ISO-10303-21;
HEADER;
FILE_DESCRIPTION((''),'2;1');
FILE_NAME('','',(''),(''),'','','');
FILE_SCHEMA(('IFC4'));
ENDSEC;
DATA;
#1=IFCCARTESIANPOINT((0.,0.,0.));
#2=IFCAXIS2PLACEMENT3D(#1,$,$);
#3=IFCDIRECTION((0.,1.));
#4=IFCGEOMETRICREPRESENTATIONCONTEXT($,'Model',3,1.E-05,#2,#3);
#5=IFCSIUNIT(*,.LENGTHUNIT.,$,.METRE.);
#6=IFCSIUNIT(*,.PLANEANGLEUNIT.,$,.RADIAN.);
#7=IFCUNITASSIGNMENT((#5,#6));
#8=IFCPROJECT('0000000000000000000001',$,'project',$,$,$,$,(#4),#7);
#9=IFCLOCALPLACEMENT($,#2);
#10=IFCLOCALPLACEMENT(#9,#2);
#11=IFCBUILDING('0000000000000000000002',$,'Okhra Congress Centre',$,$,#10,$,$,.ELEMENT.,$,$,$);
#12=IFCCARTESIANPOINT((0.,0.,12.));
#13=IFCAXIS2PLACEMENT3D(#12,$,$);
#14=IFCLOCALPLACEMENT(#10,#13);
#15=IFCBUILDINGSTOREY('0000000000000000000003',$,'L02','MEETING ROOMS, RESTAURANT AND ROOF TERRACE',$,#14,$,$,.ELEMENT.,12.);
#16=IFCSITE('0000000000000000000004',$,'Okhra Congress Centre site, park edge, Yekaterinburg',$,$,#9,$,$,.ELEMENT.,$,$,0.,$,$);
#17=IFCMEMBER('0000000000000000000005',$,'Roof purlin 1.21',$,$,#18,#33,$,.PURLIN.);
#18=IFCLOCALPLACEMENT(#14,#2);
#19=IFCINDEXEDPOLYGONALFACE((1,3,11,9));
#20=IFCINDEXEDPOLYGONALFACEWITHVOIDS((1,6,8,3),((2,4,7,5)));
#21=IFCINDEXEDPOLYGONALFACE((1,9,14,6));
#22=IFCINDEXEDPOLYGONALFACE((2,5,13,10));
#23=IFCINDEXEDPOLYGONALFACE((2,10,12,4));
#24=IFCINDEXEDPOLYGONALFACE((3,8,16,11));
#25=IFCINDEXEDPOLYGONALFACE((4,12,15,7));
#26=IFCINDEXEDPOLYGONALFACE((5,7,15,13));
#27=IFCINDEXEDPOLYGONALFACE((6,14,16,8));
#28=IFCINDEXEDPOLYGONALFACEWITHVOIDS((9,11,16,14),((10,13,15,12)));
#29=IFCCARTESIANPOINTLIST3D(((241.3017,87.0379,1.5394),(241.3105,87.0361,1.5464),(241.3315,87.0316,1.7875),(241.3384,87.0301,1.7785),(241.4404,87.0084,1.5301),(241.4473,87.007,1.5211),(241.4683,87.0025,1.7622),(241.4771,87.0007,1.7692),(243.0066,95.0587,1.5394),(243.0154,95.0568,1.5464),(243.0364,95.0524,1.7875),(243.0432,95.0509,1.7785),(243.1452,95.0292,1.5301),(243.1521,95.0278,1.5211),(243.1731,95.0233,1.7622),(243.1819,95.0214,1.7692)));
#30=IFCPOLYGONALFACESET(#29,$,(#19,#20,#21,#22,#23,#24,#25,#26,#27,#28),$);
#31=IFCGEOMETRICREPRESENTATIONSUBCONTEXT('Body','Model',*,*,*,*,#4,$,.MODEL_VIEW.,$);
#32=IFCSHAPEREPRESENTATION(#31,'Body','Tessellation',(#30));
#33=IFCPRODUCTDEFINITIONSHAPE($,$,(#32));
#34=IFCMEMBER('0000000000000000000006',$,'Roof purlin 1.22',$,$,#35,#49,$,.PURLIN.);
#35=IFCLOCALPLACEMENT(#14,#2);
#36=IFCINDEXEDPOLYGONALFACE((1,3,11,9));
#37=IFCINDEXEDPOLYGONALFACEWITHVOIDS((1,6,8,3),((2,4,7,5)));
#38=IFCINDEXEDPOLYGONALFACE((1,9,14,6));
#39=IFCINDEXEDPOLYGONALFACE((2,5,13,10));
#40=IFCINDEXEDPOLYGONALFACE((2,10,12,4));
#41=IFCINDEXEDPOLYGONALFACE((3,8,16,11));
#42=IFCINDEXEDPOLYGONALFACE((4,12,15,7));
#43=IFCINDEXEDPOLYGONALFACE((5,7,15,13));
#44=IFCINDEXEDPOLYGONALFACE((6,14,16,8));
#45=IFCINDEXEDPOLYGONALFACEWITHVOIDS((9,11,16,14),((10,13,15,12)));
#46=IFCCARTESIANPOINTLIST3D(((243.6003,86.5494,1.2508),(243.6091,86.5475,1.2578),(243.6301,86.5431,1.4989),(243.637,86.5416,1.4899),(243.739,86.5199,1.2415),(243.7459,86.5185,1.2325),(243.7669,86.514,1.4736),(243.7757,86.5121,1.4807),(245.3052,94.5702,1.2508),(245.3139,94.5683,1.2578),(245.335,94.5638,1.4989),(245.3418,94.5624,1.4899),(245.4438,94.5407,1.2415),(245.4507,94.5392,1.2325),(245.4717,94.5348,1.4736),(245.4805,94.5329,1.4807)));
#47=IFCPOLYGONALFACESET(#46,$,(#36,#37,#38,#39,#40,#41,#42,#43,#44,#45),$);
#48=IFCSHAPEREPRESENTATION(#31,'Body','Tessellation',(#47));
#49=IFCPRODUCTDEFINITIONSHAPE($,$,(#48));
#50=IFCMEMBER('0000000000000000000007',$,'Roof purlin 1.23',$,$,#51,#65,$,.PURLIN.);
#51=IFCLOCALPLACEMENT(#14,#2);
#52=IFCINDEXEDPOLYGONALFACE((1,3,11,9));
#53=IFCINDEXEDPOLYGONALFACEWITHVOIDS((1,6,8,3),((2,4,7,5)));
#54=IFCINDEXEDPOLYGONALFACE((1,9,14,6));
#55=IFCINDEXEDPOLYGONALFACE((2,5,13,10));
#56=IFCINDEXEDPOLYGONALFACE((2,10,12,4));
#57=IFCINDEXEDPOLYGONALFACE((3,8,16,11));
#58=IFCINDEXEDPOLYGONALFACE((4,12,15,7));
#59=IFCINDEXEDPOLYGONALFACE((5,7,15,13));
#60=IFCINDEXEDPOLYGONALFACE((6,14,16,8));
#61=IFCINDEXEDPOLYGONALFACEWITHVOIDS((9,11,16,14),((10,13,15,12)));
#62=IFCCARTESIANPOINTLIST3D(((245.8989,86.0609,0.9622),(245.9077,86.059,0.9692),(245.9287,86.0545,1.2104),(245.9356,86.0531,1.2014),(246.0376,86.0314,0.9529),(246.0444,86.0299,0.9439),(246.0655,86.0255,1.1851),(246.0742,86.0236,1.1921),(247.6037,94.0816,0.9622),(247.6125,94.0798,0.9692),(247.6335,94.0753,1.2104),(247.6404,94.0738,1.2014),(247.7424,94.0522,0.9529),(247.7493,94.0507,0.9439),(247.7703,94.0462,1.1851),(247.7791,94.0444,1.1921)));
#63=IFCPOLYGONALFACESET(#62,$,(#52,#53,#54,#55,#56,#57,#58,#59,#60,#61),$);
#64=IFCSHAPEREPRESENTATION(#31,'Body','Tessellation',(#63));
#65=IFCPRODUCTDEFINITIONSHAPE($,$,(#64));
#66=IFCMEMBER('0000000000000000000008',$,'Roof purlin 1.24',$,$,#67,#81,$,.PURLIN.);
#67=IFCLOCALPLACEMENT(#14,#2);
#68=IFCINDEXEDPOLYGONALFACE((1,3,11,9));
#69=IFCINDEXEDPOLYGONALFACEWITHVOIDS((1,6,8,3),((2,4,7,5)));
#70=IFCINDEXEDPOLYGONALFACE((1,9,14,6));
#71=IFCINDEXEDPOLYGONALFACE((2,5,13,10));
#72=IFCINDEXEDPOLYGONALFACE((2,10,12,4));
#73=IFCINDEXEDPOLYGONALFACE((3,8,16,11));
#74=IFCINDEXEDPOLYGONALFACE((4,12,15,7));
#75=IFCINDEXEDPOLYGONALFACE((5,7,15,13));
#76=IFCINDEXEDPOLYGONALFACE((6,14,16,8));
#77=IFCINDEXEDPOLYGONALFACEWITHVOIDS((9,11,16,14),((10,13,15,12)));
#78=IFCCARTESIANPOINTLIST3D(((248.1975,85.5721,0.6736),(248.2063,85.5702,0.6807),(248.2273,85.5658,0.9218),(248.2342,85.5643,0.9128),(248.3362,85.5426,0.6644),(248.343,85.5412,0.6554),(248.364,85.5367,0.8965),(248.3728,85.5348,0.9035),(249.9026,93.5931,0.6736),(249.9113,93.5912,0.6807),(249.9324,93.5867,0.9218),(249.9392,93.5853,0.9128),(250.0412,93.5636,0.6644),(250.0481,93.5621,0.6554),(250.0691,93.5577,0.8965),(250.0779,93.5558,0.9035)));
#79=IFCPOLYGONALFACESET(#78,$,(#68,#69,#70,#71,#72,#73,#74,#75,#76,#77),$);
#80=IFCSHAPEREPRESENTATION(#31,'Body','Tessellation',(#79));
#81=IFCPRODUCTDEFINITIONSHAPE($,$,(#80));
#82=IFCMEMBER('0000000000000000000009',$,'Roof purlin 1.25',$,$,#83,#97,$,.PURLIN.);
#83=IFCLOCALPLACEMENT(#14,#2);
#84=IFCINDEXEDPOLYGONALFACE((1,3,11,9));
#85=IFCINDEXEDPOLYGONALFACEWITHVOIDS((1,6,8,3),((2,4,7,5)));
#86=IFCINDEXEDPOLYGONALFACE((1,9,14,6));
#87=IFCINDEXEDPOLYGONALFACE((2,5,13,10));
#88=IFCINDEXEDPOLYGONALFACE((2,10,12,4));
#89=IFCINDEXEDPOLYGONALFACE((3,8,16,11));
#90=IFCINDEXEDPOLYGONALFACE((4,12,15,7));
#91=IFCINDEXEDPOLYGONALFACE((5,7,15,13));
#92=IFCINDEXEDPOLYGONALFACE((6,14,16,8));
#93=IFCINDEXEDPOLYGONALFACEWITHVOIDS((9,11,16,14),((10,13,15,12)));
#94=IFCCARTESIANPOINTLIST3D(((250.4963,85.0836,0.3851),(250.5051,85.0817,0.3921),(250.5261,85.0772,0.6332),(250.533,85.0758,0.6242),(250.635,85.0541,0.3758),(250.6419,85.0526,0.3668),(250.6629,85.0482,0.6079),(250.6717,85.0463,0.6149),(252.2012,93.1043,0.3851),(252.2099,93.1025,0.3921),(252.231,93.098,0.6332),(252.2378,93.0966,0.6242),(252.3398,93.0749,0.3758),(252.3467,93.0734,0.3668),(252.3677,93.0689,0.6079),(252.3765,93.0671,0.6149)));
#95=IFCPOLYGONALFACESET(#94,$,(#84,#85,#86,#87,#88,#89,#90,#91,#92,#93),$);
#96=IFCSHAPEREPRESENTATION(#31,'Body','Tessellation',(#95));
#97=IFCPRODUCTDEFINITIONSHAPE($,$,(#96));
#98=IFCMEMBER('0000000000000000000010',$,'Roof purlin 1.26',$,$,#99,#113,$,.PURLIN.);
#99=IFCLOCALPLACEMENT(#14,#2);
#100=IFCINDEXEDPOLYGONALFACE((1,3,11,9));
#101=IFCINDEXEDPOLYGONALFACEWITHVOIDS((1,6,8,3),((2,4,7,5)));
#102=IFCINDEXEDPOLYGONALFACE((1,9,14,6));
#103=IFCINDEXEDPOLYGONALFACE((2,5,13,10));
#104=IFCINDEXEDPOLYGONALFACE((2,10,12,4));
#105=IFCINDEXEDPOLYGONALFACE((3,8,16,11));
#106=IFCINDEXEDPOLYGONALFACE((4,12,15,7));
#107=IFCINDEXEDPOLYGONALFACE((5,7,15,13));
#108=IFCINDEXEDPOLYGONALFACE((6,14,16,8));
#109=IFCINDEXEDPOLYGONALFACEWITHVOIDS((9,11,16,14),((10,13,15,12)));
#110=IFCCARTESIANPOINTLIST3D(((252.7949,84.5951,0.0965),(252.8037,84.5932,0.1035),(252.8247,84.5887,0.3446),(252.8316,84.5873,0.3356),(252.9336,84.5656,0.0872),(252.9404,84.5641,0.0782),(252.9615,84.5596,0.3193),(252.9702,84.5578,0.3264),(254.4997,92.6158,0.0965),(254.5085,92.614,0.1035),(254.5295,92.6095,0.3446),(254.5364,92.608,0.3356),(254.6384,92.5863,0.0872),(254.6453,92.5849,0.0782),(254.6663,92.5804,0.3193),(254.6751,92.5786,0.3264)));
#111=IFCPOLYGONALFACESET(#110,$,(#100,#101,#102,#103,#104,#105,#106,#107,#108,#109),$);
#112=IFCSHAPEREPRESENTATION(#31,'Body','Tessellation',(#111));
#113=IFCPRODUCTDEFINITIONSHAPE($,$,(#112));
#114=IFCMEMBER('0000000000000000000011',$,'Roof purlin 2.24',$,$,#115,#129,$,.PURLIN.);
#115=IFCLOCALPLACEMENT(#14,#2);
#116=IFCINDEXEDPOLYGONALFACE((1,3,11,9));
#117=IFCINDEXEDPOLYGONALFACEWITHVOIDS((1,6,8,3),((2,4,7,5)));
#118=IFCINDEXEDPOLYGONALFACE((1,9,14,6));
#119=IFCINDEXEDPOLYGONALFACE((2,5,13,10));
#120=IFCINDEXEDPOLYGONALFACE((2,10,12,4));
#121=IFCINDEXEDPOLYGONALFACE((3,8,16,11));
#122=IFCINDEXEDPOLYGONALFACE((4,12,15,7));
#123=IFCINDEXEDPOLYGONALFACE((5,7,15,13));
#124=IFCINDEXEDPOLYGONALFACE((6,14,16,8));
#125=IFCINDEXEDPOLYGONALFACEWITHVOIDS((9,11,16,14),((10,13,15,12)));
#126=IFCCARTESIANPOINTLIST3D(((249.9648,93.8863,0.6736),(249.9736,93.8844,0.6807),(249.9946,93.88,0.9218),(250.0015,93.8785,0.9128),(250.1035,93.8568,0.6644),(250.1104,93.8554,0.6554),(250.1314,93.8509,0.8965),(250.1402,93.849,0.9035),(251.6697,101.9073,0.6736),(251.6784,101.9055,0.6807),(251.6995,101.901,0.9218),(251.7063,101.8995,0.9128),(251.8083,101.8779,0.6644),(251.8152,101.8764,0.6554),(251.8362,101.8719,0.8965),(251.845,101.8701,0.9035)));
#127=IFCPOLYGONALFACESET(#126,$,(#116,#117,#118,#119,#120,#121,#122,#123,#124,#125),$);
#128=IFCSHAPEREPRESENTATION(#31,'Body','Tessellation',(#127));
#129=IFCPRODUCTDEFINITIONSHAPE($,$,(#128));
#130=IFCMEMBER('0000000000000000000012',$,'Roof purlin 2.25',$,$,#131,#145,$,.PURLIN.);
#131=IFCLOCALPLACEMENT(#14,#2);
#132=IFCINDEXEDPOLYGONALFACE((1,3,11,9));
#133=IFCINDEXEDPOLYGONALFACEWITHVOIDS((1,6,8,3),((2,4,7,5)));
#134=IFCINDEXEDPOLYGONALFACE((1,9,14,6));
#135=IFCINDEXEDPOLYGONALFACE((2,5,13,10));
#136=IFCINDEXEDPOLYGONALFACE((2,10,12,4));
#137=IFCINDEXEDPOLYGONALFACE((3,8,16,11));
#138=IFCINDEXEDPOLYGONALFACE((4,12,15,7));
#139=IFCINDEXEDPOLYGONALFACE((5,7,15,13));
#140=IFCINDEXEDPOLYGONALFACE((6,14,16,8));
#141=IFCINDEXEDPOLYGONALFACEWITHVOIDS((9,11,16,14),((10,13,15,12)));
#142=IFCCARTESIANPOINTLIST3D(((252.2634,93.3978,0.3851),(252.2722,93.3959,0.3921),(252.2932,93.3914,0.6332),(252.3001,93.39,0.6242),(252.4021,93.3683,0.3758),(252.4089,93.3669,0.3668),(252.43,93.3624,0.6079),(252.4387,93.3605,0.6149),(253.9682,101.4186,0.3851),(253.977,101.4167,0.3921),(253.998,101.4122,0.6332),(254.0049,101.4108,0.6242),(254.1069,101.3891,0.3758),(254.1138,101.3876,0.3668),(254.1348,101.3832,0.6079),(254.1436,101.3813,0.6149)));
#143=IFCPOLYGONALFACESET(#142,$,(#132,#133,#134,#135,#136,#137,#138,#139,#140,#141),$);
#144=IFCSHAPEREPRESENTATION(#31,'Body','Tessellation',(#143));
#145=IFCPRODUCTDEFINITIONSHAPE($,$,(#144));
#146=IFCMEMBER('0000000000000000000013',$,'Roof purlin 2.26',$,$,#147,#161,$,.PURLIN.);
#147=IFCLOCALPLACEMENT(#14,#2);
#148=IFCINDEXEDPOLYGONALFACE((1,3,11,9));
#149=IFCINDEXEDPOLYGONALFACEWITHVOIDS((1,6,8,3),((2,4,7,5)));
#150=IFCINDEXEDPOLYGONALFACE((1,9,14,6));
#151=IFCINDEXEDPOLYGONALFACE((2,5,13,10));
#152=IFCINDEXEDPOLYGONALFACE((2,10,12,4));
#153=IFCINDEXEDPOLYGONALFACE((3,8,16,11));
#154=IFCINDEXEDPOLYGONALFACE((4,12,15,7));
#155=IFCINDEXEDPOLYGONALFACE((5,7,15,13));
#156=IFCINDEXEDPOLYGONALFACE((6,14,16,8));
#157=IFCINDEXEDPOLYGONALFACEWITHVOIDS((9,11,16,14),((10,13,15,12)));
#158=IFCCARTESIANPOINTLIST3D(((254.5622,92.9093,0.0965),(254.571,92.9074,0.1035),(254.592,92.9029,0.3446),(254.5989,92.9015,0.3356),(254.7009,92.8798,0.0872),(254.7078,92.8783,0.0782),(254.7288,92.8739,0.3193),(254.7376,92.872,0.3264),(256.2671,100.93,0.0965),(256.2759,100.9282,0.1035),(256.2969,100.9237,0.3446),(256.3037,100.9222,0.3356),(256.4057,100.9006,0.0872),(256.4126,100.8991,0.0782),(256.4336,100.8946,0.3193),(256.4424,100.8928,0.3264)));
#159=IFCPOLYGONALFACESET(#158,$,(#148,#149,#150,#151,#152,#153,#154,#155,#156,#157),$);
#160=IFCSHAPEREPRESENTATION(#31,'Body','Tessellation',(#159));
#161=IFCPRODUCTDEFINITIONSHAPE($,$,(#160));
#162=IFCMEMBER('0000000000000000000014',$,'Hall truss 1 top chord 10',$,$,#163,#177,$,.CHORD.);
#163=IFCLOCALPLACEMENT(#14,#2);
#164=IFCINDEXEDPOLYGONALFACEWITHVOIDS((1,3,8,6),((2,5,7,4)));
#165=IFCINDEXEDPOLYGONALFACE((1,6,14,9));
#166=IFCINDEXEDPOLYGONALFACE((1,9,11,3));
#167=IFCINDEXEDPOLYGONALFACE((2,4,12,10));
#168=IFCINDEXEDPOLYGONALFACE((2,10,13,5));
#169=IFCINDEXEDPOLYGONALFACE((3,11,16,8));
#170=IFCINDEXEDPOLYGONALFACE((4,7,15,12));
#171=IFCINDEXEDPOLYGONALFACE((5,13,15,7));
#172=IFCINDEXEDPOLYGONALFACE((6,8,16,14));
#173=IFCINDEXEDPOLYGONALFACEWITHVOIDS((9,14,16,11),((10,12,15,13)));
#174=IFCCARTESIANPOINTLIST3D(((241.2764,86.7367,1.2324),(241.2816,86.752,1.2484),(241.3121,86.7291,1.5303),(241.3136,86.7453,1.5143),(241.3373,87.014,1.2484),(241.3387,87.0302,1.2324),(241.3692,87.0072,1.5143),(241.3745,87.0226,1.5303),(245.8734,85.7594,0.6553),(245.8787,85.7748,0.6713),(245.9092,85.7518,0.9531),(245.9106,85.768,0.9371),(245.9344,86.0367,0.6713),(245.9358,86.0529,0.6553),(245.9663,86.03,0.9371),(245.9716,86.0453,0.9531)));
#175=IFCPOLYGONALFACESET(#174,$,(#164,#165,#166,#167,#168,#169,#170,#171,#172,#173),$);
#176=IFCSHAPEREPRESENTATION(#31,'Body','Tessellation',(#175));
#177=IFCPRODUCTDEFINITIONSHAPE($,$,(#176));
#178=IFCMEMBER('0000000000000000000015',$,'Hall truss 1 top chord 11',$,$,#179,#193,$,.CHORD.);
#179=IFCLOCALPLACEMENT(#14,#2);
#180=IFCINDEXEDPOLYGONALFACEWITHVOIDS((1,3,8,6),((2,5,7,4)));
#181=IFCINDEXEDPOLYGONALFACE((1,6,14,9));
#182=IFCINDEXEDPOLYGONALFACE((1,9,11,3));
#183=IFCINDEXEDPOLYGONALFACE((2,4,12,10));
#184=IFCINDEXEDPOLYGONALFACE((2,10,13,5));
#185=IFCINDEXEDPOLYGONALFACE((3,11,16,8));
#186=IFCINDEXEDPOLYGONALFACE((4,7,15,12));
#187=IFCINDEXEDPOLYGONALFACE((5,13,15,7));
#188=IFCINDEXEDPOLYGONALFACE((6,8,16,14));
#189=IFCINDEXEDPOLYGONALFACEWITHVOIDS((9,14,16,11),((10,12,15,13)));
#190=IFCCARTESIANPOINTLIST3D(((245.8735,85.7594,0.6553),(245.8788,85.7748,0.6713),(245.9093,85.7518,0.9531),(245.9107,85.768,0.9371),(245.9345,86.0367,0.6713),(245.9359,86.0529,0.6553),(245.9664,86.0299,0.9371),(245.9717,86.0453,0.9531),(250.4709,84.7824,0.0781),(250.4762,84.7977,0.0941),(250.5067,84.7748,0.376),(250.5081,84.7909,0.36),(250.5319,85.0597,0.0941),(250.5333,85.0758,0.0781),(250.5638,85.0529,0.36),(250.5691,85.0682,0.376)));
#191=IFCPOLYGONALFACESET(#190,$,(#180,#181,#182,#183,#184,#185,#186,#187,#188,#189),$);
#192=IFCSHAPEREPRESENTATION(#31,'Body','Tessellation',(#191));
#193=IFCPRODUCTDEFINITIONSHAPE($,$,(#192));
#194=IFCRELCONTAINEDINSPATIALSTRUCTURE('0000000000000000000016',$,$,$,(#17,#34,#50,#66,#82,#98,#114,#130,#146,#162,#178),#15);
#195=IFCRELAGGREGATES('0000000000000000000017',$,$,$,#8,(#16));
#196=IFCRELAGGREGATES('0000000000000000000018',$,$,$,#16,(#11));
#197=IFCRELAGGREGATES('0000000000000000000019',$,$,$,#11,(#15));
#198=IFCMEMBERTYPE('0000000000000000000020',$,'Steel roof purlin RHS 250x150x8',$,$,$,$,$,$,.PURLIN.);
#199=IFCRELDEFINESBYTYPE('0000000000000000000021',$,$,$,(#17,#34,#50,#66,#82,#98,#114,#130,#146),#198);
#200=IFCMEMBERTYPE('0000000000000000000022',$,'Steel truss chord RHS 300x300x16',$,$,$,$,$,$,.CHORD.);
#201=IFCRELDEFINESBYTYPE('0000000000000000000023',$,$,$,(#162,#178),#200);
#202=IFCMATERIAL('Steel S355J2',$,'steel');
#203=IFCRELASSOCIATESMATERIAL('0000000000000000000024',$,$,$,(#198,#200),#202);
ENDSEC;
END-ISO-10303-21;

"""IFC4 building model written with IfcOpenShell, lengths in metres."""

from ifc_helpers import new_model, si_unit, direction, frame, origin, origin_2d, place, context, subcontext, project, spatial, hollow_rectangle, extrude, material, material_profile, profile_set, type_object, element, save


model = new_model("IFC4")

# Units and contexts
model_context = context("Model", 3, precision=1e-05, world=origin(), true_north=direction((0.0, 1.0)))
body_context = subcontext(model_context, "Body", "Model", "MODEL_VIEW")
ifc_project = project(units=[si_unit("LENGTHUNIT", "METRE"), si_unit("PLANEANGLEUNIT", "RADIAN")], contexts=[model_context])

# Site, building, storey
site_placement = place(None, origin())
site = spatial("IfcSite", under=ifc_project, at=site_placement, Name="Okhra Congress Centre site, park edge, Yekaterinburg", CompositionType="ELEMENT", RefElevation=0.0)
building_placement = place(site_placement, origin())
building = spatial("IfcBuilding", under=site, at=building_placement, Name="Okhra Congress Centre", CompositionType="ELEMENT")
storey_placement = place(building_placement, frame((0.0, 0.0, 12.0)))
storey = spatial("IfcBuildingStorey", under=building, at=storey_placement, Name="L02", Description="MEETING ROOMS, RESTAURANT AND ROOF TERRACE", CompositionType="ELEMENT", Elevation=12.0)

# Members
ifc_material_1 = material(Name="Steel S355J2", Category="steel")
ifc_material_profile_1 = material_profile(ifc_material_1, hollow_rectangle(XDim=0.1499, YDim=0.25, WallThickness=0.0081, at=origin_2d()), Name="RHS 250x150x8")
ifc_profile_set_1 = profile_set([ifc_material_profile_1], Name="Steel S355J2")
member_type_1 = type_object("IfcMemberType", Name="Steel roof purlin RHS 250x150x8", PredefinedType="PURLIN", material=ifc_profile_set_1)
for number, where, z_axis, x_axis, name in (
    (1, (241.3894, 87.0193, 1.6543), (0.207908, 0.978148, 0.0), (-0.970857, 0.206359, 0.121869), "Roof purlin 1.21"),
    (2, (243.688, 86.5308, 1.3657), (0.207908, 0.978148, 0.0), (-0.970857, 0.206359, 0.121869), "Roof purlin 1.22"),
    (3, (245.9866, 86.0422, 1.0771), (0.207908, 0.978148, 0.0), (-0.970857, 0.206359, 0.121869), "Roof purlin 1.23"),
):
    element("IfcMember", number, at=place(storey_placement, frame(where, z_axis=z_axis, x_axis=x_axis)), inside=storey, type_object=member_type_1, Name=name, PredefinedType="PURLIN", context=body_context, shape_type="SweptSolid", body=[
        extrude(hollow_rectangle(XDim=0.1499, YDim=0.25, WallThickness=0.0081, at=origin_2d()), origin(), (0.0, 0.0, 1.0), 8.2),
    ])
member_1_placement = place(storey_placement, frame((248.2852, 85.5535, 0.7886), z_axis=(0.207931, 0.978144, 0.0), x_axis=(-0.970853, 0.206381, 0.121869)))
element("IfcMember", 4, at=member_1_placement, inside=storey, type_object=member_type_1, Name="Roof purlin 1.24", PredefinedType="PURLIN", context=body_context, shape_type="SweptSolid", body=[
    extrude(hollow_rectangle(XDim=0.1499, YDim=0.25, WallThickness=0.0081, at=origin_2d()), origin(), (0.0, 0.0, 1.0), 8.2002),
])
for number, where, z_axis, x_axis, name in (
    (5, (250.584, 85.0649, 0.5), (0.207908, 0.978148, 0.0), (-0.970857, 0.206359, 0.121869), "Roof purlin 1.25"),
    (6, (252.8826, 84.5764, 0.2114), (0.207908, 0.978148, 0.0), (-0.970857, 0.206359, 0.121869), "Roof purlin 1.26"),
):
    element("IfcMember", number, at=place(storey_placement, frame(where, z_axis=z_axis, x_axis=x_axis)), inside=storey, type_object=member_type_1, Name=name, PredefinedType="PURLIN", context=body_context, shape_type="SweptSolid", body=[
        extrude(hollow_rectangle(XDim=0.1499, YDim=0.25, WallThickness=0.0081, at=origin_2d()), origin(), (0.0, 0.0, 1.0), 8.2),
    ])
member_2_placement = place(storey_placement, frame((250.0525, 93.8677, 0.7886), z_axis=(0.207902, 0.97815, 0.0), x_axis=(-0.970859, 0.206353, 0.121869)))
element("IfcMember", 7, at=member_2_placement, inside=storey, type_object=member_type_1, Name="Roof purlin 2.24", PredefinedType="PURLIN", context=body_context, shape_type="SweptSolid", body=[
    extrude(hollow_rectangle(XDim=0.1499, YDim=0.25, WallThickness=0.0081, at=origin_2d()), origin(), (0.0, 0.0, 1.0), 8.2002),
])
for number, where, z_axis, x_axis, name in (
    (8, (252.3511, 93.3792, 0.5), (0.207908, 0.978148, 0.0), (-0.970857, 0.206359, 0.121869), "Roof purlin 2.25"),
    (9, (254.6499, 92.8906, 0.2114), (0.207908, 0.978148, 0.0), (-0.970857, 0.206359, 0.121869), "Roof purlin 2.26"),
):
    element("IfcMember", number, at=place(storey_placement, frame(where, z_axis=z_axis, x_axis=x_axis)), inside=storey, type_object=member_type_1, Name=name, PredefinedType="PURLIN", context=body_context, shape_type="SweptSolid", body=[
        extrude(hollow_rectangle(XDim=0.1499, YDim=0.25, WallThickness=0.0081, at=origin_2d()), origin(), (0.0, 0.0, 1.0), 8.2),
    ])
ifc_material_profile_2 = material_profile(ifc_material_1, hollow_rectangle(XDim=0.3, YDim=0.3, WallThickness=0.0161, at=origin_2d()), Name="RHS 300x300x16")
ifc_profile_set_2 = profile_set([ifc_material_profile_2], Name="Steel S355J2")
member_type_2 = type_object("IfcMemberType", Name="Steel truss chord RHS 300x300x16", PredefinedType="CHORD", material=ifc_profile_set_2)
member_3_placement = place(storey_placement, frame((241.3254, 86.8796, 1.3813), z_axis=(0.970849, -0.206389, -0.121885), x_axis=(0.20794, 0.978142, 0.0)))
element("IfcMember", 10, at=member_3_placement, inside=storey, type_object=member_type_2, Name="Hall truss 1 top chord 10", PredefinedType="CHORD", context=body_context, shape_type="SweptSolid", body=[
    extrude(hollow_rectangle(XDim=0.3, YDim=0.3, WallThickness=0.0161, at=origin_2d()), origin(), (0.0, 0.0, 1.0), 4.7351),
])
member_4_placement = place(storey_placement, frame((245.9226, 85.9023, 0.8042), z_axis=(0.970862, -0.206329, -0.12188), x_axis=(0.207879, 0.978154, 0.0)))
element("IfcMember", 11, at=member_4_placement, inside=storey, type_object=member_type_2, Name="Hall truss 1 top chord 11", PredefinedType="CHORD", context=body_context, shape_type="SweptSolid", body=[
    extrude(hollow_rectangle(XDim=0.3, YDim=0.3, WallThickness=0.0161, at=origin_2d()), origin(), (0.0, 0.0, 1.0), 4.7354),
])

save(model, "model.ifc")
